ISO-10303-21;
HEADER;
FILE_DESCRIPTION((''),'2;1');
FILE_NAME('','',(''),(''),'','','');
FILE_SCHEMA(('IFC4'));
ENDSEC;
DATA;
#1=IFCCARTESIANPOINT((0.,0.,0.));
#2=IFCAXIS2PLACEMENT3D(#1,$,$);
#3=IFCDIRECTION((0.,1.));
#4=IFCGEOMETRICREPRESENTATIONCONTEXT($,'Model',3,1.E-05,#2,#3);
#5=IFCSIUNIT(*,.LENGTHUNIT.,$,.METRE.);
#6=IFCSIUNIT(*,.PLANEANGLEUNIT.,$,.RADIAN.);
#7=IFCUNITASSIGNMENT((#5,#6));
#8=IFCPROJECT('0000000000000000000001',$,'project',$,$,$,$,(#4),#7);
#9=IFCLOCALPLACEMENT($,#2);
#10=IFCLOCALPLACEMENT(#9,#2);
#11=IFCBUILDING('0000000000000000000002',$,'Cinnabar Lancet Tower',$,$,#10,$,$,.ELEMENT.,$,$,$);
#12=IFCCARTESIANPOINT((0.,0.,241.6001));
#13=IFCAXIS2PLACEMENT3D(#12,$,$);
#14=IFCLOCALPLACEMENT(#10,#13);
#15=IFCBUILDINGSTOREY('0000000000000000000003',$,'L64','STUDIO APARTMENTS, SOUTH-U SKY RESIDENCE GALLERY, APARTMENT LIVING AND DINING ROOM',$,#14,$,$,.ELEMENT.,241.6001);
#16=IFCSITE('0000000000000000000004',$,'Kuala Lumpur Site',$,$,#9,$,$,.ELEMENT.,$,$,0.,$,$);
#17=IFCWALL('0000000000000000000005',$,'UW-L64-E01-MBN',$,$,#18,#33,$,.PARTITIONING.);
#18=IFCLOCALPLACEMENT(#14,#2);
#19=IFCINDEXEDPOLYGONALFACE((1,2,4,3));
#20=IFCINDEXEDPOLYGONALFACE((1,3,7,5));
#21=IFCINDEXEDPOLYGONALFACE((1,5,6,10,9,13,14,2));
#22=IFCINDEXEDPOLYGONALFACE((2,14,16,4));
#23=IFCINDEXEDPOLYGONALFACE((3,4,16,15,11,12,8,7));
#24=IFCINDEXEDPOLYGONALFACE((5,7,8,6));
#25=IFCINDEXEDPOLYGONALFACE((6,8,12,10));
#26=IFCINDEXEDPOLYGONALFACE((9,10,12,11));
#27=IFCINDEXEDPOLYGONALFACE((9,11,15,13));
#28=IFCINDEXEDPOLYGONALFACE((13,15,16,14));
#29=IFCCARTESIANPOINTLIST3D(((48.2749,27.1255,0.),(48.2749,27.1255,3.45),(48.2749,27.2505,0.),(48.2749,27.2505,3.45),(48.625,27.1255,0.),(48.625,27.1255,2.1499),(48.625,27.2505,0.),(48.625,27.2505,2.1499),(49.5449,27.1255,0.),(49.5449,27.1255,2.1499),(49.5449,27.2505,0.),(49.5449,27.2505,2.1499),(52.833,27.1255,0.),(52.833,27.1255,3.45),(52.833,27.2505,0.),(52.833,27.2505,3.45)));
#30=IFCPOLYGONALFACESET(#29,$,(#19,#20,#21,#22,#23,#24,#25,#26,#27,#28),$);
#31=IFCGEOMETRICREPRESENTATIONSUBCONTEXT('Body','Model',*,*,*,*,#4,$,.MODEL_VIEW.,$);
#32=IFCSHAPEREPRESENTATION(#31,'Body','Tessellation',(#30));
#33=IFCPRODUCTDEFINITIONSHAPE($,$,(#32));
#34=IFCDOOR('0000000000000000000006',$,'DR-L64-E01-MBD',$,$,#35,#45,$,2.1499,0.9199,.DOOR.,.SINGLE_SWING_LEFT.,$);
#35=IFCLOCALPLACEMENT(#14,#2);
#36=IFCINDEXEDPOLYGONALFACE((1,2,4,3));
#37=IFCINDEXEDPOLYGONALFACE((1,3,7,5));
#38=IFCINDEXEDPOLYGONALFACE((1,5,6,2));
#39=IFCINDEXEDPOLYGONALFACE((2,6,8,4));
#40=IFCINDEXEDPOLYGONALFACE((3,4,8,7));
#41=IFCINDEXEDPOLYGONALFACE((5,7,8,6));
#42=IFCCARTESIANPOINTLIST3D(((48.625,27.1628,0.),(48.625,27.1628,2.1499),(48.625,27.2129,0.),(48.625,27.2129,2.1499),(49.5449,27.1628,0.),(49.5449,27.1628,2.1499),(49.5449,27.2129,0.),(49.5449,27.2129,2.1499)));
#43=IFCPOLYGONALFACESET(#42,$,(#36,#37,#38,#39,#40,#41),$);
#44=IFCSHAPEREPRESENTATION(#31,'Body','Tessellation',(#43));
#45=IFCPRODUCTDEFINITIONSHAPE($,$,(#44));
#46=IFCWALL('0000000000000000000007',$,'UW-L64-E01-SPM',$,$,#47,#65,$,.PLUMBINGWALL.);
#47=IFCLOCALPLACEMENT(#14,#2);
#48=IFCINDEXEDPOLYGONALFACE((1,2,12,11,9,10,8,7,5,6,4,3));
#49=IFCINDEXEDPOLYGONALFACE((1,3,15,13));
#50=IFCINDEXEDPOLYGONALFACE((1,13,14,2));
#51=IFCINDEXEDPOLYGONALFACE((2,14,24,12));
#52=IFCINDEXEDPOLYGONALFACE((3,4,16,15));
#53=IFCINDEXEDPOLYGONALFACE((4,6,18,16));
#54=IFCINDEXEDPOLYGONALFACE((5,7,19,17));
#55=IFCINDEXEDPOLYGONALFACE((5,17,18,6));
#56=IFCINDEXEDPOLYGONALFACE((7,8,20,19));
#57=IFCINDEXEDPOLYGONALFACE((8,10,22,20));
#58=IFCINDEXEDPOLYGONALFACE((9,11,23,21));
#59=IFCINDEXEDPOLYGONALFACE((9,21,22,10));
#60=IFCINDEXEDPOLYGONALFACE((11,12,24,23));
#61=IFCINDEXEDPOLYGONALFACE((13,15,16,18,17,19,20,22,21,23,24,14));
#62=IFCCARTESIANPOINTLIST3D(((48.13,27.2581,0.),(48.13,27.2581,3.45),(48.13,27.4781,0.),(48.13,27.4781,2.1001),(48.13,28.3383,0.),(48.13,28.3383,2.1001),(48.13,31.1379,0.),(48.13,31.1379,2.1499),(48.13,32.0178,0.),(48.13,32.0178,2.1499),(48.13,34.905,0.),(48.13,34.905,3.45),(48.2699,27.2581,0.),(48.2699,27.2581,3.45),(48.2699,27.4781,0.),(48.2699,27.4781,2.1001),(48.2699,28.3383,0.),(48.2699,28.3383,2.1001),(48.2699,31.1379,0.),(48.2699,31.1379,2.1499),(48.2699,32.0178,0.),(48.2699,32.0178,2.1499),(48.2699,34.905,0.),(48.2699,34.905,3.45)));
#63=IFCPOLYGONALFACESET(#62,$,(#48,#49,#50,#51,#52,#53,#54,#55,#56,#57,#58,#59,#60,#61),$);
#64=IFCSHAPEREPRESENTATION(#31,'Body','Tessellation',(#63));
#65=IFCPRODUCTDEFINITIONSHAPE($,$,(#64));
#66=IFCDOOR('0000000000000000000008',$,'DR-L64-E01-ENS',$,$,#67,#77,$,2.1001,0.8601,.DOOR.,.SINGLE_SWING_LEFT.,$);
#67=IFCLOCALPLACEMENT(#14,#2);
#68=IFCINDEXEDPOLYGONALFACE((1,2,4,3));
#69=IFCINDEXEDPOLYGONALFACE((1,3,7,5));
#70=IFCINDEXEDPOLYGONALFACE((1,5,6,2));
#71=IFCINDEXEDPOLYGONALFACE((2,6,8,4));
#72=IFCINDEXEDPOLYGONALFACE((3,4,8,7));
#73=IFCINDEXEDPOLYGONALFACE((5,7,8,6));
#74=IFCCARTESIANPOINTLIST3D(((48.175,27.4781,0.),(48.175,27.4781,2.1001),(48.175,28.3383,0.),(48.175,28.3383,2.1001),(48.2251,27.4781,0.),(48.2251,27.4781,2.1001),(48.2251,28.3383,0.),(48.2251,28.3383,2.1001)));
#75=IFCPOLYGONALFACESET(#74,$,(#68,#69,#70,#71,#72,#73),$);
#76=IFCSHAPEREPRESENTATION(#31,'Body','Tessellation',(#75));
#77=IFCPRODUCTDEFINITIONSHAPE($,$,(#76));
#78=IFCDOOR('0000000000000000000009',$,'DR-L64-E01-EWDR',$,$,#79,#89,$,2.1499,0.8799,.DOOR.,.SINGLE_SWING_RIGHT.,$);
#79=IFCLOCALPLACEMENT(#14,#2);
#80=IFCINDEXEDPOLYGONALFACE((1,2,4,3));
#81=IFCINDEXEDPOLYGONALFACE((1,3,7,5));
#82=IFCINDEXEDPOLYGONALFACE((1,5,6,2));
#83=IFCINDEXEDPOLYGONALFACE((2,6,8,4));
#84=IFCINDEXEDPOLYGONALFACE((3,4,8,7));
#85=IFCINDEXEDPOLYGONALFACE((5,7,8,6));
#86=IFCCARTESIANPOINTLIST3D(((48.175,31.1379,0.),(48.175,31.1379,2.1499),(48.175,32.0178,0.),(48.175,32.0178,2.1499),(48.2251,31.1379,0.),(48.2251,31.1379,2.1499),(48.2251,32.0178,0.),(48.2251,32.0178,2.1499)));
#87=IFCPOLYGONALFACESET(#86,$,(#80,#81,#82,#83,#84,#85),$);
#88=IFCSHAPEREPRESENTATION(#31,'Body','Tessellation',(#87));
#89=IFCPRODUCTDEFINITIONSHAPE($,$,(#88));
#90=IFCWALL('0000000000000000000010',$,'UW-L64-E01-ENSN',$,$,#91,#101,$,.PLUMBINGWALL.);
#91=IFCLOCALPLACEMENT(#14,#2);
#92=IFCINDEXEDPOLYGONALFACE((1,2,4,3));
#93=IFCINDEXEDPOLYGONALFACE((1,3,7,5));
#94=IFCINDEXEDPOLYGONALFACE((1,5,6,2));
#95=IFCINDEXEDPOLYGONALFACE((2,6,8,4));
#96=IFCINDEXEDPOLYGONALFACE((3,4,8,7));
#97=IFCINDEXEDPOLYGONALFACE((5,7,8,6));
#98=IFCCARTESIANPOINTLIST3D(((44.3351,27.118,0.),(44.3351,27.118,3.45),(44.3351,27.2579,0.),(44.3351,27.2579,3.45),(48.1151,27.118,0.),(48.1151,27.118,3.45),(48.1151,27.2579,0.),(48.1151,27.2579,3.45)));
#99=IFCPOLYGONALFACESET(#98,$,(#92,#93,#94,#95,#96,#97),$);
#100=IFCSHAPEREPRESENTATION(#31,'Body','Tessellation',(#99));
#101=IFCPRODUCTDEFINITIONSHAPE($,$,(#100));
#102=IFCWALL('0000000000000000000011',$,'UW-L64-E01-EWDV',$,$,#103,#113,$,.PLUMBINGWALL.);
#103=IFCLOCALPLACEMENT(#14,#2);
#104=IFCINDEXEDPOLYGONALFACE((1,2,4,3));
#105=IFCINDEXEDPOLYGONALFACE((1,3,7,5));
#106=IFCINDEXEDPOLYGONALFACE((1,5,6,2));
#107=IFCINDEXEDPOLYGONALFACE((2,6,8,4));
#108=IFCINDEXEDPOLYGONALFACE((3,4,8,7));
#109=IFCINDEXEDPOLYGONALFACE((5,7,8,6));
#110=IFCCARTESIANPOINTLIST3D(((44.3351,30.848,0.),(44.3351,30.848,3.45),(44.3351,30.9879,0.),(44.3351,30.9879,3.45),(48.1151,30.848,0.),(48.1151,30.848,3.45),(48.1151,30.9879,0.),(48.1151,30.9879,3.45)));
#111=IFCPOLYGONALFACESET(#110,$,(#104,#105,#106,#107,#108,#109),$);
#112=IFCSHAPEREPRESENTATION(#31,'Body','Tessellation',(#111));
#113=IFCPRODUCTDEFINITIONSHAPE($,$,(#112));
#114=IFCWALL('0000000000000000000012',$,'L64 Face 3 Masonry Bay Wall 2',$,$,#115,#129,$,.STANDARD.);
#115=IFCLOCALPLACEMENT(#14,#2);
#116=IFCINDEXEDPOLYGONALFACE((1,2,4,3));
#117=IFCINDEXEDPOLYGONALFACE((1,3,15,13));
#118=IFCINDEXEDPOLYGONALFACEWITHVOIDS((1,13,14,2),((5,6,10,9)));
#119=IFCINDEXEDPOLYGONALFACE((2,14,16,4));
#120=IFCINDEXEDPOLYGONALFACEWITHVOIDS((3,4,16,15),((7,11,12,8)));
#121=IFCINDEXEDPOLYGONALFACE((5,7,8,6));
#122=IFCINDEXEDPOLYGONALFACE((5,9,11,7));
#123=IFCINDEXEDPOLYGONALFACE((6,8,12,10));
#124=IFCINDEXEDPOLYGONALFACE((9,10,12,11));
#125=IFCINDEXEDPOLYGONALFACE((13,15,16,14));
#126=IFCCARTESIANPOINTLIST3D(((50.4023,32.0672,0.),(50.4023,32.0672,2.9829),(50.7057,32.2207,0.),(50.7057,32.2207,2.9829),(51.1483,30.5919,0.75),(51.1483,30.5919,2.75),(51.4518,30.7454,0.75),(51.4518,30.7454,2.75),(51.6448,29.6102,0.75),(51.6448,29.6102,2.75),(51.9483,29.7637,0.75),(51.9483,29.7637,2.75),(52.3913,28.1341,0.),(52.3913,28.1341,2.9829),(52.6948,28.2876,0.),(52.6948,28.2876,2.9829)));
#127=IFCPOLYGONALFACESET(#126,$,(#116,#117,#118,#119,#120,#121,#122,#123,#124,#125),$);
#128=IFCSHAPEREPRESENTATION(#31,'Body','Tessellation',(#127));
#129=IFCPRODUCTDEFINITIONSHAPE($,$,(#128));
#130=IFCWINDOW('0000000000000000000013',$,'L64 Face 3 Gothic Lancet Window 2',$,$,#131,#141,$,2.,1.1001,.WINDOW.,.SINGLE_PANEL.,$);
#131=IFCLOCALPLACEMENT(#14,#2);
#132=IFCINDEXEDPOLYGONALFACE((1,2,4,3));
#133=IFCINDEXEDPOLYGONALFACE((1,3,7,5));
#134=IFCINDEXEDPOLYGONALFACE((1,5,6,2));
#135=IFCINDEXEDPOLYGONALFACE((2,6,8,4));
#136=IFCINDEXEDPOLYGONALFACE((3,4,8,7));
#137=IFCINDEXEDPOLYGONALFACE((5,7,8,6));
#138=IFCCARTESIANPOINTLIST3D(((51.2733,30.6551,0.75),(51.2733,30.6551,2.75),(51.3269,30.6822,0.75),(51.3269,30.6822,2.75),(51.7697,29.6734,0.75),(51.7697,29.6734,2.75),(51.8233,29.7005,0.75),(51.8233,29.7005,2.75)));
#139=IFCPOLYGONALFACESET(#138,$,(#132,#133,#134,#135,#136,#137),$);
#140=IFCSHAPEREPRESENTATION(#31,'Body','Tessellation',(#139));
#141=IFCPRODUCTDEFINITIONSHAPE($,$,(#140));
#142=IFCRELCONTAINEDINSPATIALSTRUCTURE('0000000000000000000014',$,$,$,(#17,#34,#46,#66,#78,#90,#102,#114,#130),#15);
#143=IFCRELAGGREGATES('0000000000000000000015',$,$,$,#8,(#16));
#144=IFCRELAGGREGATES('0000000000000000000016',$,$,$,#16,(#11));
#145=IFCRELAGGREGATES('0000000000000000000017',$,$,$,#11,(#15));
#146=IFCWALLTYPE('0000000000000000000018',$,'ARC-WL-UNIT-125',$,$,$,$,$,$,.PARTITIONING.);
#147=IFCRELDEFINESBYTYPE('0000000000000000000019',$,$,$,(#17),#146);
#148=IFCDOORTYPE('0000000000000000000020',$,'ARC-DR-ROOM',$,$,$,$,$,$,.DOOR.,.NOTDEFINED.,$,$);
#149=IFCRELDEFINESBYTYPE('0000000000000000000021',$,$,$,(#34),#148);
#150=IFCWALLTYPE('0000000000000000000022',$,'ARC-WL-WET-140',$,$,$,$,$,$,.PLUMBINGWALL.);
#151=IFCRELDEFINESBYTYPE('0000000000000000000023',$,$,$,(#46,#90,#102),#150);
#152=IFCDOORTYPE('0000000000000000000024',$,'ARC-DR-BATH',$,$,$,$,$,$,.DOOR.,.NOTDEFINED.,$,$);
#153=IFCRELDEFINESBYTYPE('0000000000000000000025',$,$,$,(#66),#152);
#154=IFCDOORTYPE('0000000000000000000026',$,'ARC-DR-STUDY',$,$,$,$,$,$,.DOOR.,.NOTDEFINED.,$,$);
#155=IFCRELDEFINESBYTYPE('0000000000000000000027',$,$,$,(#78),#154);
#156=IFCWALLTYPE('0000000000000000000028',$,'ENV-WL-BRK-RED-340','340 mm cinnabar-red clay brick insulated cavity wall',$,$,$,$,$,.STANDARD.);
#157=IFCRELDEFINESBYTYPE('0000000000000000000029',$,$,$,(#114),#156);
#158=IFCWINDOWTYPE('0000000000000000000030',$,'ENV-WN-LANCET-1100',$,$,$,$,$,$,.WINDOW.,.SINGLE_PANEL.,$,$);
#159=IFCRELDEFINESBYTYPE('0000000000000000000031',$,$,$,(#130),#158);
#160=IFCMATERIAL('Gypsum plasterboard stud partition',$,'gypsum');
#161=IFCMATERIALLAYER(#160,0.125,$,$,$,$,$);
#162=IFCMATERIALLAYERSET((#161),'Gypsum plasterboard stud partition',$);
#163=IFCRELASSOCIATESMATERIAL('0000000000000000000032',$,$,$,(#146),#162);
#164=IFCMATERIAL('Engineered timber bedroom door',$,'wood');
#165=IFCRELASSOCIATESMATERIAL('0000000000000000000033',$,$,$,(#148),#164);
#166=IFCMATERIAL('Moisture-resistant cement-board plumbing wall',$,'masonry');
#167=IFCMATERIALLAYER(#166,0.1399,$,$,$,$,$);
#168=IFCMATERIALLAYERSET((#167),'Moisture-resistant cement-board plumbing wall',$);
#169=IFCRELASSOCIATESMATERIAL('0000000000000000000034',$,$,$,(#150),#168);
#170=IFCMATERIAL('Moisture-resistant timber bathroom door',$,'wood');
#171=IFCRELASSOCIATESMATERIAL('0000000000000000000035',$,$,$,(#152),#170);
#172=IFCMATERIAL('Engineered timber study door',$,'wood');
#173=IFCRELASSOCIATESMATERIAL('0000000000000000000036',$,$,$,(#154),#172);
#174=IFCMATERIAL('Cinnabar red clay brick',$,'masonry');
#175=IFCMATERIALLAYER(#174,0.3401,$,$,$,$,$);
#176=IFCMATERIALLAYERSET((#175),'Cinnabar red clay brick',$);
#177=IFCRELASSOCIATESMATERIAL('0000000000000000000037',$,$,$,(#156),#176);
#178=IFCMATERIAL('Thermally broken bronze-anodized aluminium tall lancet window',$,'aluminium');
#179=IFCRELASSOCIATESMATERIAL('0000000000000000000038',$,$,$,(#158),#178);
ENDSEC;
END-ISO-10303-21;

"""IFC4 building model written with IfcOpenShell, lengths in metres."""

from ifc_helpers import new_model, si_unit, direction, frame, frame_2d, origin, place, context, subcontext, project, spatial, rectangle, extrude, material, layer, layer_set, type_object, element, fill, save


model = new_model("IFC4")

# Units and contexts
model_context = context("Model", 3, precision=1e-05, world=origin(), true_north=direction((0.0, 1.0)))
body_context = subcontext(model_context, "Body", "Model", "MODEL_VIEW")
ifc_project = project(units=[si_unit("LENGTHUNIT", "METRE"), si_unit("PLANEANGLEUNIT", "RADIAN")], contexts=[model_context])

# Site, building, storey
site_placement = place(None, origin())
site = spatial("IfcSite", under=ifc_project, at=site_placement, Name="Kuala Lumpur Site", CompositionType="ELEMENT", RefElevation=0.0)
building_placement = place(site_placement, origin())
building = spatial("IfcBuilding", under=site, at=building_placement, Name="Cinnabar Lancet Tower", CompositionType="ELEMENT")
storey_placement = place(building_placement, frame((0.0, 0.0, 241.6001)))
storey = spatial("IfcBuildingStorey", under=building, at=storey_placement, Name="L64", Description="STUDIO APARTMENTS, SOUTH-U SKY RESIDENCE GALLERY, APARTMENT LIVING AND DINING ROOM", CompositionType="ELEMENT", Elevation=241.6001)

# Wall, opening, door
ifc_material_1 = material(Name="Gypsum plasterboard stud partition", Category="gypsum")
ifc_layer_1 = layer(ifc_material_1, 0.125)
ifc_layer_set_1 = layer_set([ifc_layer_1], Name="Gypsum plasterboard stud partition")
wall_type_1 = type_object("IfcWallType", Name="ARC-WL-UNIT-125", PredefinedType="PARTITIONING", material=ifc_layer_set_1)
wall_1_placement = place(storey_placement, frame((48.2749, 27.188, 0.0), z_axis=(0.0, 0.0, 1.0), x_axis=(1.0, 0.0, 0.0)))
wall_1 = element("IfcWall", 1, at=wall_1_placement, inside=storey, type_object=wall_type_1, Name="UW-L64-E01-MBN", PredefinedType="PARTITIONING", context=body_context, shape_type="SweptSolid", body=[
    extrude(rectangle(XDim=4.5581, YDim=0.125, at=frame_2d((2.2791, 0.0))), origin(), (0.0, 0.0, 1.0), 3.45),
])
opening_1_placement = place(wall_1_placement, frame((0.3501, 0.0, 0.0)))
opening_1 = element("IfcOpeningElement", 2, at=opening_1_placement, cuts=wall_1, PredefinedType="OPENING", context=body_context, shape_type="SweptSolid", body=[
    extrude(rectangle(XDim=0.9199, YDim=2.1499, at=frame_2d((0.46, 1.075))), frame((0.0, 0.0725, 0.0), z_axis=(0.0, -1.0, 0.0), x_axis=(1.0, 0.0, 0.0)), (0.0, 0.0, 1.0), 0.145),
])
ifc_material_2 = material(Name="Engineered timber bedroom door", Category="wood")
door_type_1 = type_object("IfcDoorType", Name="ARC-DR-ROOM", OperationType="NOTDEFINED", PredefinedType="DOOR", material=ifc_material_2)
door_1_placement = place(opening_1_placement, origin())
door_1 = element("IfcDoor", 3, at=door_1_placement, inside=storey, type_object=door_type_1, Name="DR-L64-E01-MBD", OperationType="SINGLE_SWING_LEFT", OverallHeight=2.1499, OverallWidth=0.9199, PredefinedType="DOOR", context=body_context, shape_type="SweptSolid", body=[
    extrude(rectangle(XDim=0.9199, YDim=2.1499, at=frame_2d((0.46, 1.075))), frame((0.0, 0.0249, 0.0), z_axis=(0.0, -1.0, 0.0), x_axis=(1.0, 0.0, 0.0)), (0.0, 0.0, 1.0), 0.05),
])
fill(opening_1, door_1)

# Wall, openings, doors
ifc_material_3 = material(Name="Moisture-resistant cement-board plumbing wall", Category="masonry")
ifc_layer_2 = layer(ifc_material_3, 0.1399)
ifc_layer_set_2 = layer_set([ifc_layer_2], Name="Moisture-resistant cement-board plumbing wall")
wall_type_2 = type_object("IfcWallType", Name="ARC-WL-WET-140", PredefinedType="PLUMBINGWALL", material=ifc_layer_set_2)
wall_2_placement = place(storey_placement, frame((48.2, 27.2581, 0.0), z_axis=(0.0, 0.0, 1.0), x_axis=(0.0, 1.0, 0.0)))
wall_2 = element("IfcWall", 4, at=wall_2_placement, inside=storey, type_object=wall_type_2, Name="UW-L64-E01-SPM", PredefinedType="PLUMBINGWALL", context=body_context, shape_type="SweptSolid", body=[
    extrude(rectangle(XDim=7.647, YDim=0.1399, at=frame_2d((3.8235, 0.0))), origin(), (0.0, 0.0, 1.0), 3.45),
])
opening_2_placement = place(wall_2_placement, frame((0.22, 0.0, 0.0)))
opening_2 = element("IfcOpeningElement", 5, at=opening_2_placement, cuts=wall_2, PredefinedType="OPENING", context=body_context, shape_type="SweptSolid", body=[
    extrude(rectangle(XDim=0.8601, YDim=2.1001, at=frame_2d((0.4302, 1.05))), frame((0.0, 0.0798, 0.0), z_axis=(0.0, -1.0, 0.0), x_axis=(1.0, 0.0, 0.0)), (0.0, 0.0, 1.0), 0.1599),
])
opening_3_placement = place(wall_2_placement, frame((3.8799, 0.0, 0.0)))
opening_3 = element("IfcOpeningElement", 6, at=opening_3_placement, cuts=wall_2, PredefinedType="OPENING", context=body_context, shape_type="SweptSolid", body=[
    extrude(rectangle(XDim=0.8799, YDim=2.1499, at=frame_2d((0.4399, 1.075))), frame((0.0, 0.0798, 0.0), z_axis=(0.0, -1.0, 0.0), x_axis=(1.0, 0.0, 0.0)), (0.0, 0.0, 1.0), 0.1599),
])
ifc_material_4 = material(Name="Moisture-resistant timber bathroom door", Category="wood")
door_type_2 = type_object("IfcDoorType", Name="ARC-DR-BATH", OperationType="NOTDEFINED", PredefinedType="DOOR", material=ifc_material_4)
door_2_placement = place(opening_2_placement, origin())
door_2 = element("IfcDoor", 7, at=door_2_placement, inside=storey, type_object=door_type_2, Name="DR-L64-E01-ENS", OperationType="SINGLE_SWING_LEFT", OverallHeight=2.1001, OverallWidth=0.8601, PredefinedType="DOOR", context=body_context, shape_type="SweptSolid", body=[
    extrude(rectangle(XDim=0.8601, YDim=2.1001, at=frame_2d((0.4302, 1.05))), frame((0.0, 0.0249, 0.0), z_axis=(0.0, -1.0, 0.0), x_axis=(1.0, 0.0, 0.0)), (0.0, 0.0, 1.0), 0.05),
])
fill(opening_2, door_2)
ifc_material_5 = material(Name="Engineered timber study door", Category="wood")
door_type_3 = type_object("IfcDoorType", Name="ARC-DR-STUDY", OperationType="NOTDEFINED", PredefinedType="DOOR", material=ifc_material_5)
door_3_placement = place(opening_3_placement, origin())
door_3 = element("IfcDoor", 8, at=door_3_placement, inside=storey, type_object=door_type_3, Name="DR-L64-E01-EWDR", OperationType="SINGLE_SWING_RIGHT", OverallHeight=2.1499, OverallWidth=0.8799, PredefinedType="DOOR", context=body_context, shape_type="SweptSolid", body=[
    extrude(rectangle(XDim=0.8799, YDim=2.1499, at=frame_2d((0.4399, 1.075))), frame((0.0, 0.0249, 0.0), z_axis=(0.0, -1.0, 0.0), x_axis=(1.0, 0.0, 0.0)), (0.0, 0.0, 1.0), 0.05),
])
fill(opening_3, door_3)

# Walls
for number, where, z_axis, x_axis, name in (
    (9, (44.335, 27.188, 0.0), (0.0, 0.0, 1.0), (1.0, 0.0, 0.0), "UW-L64-E01-ENSN"),
    (10, (44.335, 30.918, 0.0), (0.0, 0.0, 1.0), (1.0, 0.0, 0.0), "UW-L64-E01-EWDV"),
):
    element("IfcWall", number, at=place(storey_placement, frame(where, z_axis=z_axis, x_axis=x_axis)), inside=storey, type_object=wall_type_2, Name=name, PredefinedType="PLUMBINGWALL", context=body_context, shape_type="SweptSolid", body=[
        extrude(rectangle(XDim=3.78, YDim=0.1399, at=frame_2d((1.8901, 0.0))), origin(), (0.0, 0.0, 1.0), 3.45),
    ])

# Wall, opening, window
ifc_material_6 = material(Name="Cinnabar red clay brick", Category="masonry")
ifc_layer_3 = layer(ifc_material_6, 0.3401)
ifc_layer_set_3 = layer_set([ifc_layer_3], Name="Cinnabar red clay brick")
wall_type_3 = type_object("IfcWallType", Name="ENV-WL-BRK-RED-340", Description="340 mm cinnabar-red clay brick insulated cavity wall", PredefinedType="STANDARD", material=ifc_layer_set_3)
wall_3_placement = place(storey_placement, frame((52.543, 28.2109, 0.0), z_axis=(0.0, 0.0, 1.0), x_axis=(-0.451286, 0.892379, 0.0)))
wall_3 = element("IfcWall", 11, at=wall_3_placement, inside=storey, type_object=wall_type_3, Name="L64 Face 3 Masonry Bay Wall 2", PredefinedType="STANDARD", context=body_context, shape_type="SweptSolid", body=[
    extrude(rectangle(XDim=4.4075, YDim=0.3401, at=frame_2d((2.2036, 0.0))), origin(), (0.0, 0.0, 1.0), 2.9829),
])
opening_4_placement = place(wall_3_placement, frame((1.6541, 0.0, 0.75)))
opening_4 = element("IfcOpeningElement", 12, at=opening_4_placement, cuts=wall_3, PredefinedType="OPENING", context=body_context, shape_type="SweptSolid", body=[
    extrude(rectangle(XDim=1.1001, YDim=2.0, at=frame_2d((0.55, 1.0))), frame((0.0, 0.1799, 0.0), z_axis=(0.0, -1.0, 0.0), x_axis=(1.0, 0.0, 0.0)), (0.0, 0.0, 1.0), 0.3601),
])
ifc_material_7 = material(Name="Thermally broken bronze-anodized aluminium tall lancet window", Category="aluminium")
window_type = type_object("IfcWindowType", Name="ENV-WN-LANCET-1100", PartitioningType="SINGLE_PANEL", PredefinedType="WINDOW", material=ifc_material_7)
window_1_placement = place(opening_4_placement, origin())
window_1 = element("IfcWindow", 13, at=window_1_placement, inside=storey, type_object=window_type, Name="L64 Face 3 Gothic Lancet Window 2", OverallHeight=2.0, OverallWidth=1.1001, PartitioningType="SINGLE_PANEL", PredefinedType="WINDOW", context=body_context, shape_type="SweptSolid", body=[
    extrude(rectangle(XDim=1.1001, YDim=2.0, at=frame_2d((0.55, 1.0))), frame((0.0, 0.03, 0.0), z_axis=(0.0, -1.0, 0.0), x_axis=(1.0, 0.0, 0.0)), (0.0, 0.0, 1.0), 0.0601),
])
fill(opening_4, window_1)

save(model, "model.ifc")
